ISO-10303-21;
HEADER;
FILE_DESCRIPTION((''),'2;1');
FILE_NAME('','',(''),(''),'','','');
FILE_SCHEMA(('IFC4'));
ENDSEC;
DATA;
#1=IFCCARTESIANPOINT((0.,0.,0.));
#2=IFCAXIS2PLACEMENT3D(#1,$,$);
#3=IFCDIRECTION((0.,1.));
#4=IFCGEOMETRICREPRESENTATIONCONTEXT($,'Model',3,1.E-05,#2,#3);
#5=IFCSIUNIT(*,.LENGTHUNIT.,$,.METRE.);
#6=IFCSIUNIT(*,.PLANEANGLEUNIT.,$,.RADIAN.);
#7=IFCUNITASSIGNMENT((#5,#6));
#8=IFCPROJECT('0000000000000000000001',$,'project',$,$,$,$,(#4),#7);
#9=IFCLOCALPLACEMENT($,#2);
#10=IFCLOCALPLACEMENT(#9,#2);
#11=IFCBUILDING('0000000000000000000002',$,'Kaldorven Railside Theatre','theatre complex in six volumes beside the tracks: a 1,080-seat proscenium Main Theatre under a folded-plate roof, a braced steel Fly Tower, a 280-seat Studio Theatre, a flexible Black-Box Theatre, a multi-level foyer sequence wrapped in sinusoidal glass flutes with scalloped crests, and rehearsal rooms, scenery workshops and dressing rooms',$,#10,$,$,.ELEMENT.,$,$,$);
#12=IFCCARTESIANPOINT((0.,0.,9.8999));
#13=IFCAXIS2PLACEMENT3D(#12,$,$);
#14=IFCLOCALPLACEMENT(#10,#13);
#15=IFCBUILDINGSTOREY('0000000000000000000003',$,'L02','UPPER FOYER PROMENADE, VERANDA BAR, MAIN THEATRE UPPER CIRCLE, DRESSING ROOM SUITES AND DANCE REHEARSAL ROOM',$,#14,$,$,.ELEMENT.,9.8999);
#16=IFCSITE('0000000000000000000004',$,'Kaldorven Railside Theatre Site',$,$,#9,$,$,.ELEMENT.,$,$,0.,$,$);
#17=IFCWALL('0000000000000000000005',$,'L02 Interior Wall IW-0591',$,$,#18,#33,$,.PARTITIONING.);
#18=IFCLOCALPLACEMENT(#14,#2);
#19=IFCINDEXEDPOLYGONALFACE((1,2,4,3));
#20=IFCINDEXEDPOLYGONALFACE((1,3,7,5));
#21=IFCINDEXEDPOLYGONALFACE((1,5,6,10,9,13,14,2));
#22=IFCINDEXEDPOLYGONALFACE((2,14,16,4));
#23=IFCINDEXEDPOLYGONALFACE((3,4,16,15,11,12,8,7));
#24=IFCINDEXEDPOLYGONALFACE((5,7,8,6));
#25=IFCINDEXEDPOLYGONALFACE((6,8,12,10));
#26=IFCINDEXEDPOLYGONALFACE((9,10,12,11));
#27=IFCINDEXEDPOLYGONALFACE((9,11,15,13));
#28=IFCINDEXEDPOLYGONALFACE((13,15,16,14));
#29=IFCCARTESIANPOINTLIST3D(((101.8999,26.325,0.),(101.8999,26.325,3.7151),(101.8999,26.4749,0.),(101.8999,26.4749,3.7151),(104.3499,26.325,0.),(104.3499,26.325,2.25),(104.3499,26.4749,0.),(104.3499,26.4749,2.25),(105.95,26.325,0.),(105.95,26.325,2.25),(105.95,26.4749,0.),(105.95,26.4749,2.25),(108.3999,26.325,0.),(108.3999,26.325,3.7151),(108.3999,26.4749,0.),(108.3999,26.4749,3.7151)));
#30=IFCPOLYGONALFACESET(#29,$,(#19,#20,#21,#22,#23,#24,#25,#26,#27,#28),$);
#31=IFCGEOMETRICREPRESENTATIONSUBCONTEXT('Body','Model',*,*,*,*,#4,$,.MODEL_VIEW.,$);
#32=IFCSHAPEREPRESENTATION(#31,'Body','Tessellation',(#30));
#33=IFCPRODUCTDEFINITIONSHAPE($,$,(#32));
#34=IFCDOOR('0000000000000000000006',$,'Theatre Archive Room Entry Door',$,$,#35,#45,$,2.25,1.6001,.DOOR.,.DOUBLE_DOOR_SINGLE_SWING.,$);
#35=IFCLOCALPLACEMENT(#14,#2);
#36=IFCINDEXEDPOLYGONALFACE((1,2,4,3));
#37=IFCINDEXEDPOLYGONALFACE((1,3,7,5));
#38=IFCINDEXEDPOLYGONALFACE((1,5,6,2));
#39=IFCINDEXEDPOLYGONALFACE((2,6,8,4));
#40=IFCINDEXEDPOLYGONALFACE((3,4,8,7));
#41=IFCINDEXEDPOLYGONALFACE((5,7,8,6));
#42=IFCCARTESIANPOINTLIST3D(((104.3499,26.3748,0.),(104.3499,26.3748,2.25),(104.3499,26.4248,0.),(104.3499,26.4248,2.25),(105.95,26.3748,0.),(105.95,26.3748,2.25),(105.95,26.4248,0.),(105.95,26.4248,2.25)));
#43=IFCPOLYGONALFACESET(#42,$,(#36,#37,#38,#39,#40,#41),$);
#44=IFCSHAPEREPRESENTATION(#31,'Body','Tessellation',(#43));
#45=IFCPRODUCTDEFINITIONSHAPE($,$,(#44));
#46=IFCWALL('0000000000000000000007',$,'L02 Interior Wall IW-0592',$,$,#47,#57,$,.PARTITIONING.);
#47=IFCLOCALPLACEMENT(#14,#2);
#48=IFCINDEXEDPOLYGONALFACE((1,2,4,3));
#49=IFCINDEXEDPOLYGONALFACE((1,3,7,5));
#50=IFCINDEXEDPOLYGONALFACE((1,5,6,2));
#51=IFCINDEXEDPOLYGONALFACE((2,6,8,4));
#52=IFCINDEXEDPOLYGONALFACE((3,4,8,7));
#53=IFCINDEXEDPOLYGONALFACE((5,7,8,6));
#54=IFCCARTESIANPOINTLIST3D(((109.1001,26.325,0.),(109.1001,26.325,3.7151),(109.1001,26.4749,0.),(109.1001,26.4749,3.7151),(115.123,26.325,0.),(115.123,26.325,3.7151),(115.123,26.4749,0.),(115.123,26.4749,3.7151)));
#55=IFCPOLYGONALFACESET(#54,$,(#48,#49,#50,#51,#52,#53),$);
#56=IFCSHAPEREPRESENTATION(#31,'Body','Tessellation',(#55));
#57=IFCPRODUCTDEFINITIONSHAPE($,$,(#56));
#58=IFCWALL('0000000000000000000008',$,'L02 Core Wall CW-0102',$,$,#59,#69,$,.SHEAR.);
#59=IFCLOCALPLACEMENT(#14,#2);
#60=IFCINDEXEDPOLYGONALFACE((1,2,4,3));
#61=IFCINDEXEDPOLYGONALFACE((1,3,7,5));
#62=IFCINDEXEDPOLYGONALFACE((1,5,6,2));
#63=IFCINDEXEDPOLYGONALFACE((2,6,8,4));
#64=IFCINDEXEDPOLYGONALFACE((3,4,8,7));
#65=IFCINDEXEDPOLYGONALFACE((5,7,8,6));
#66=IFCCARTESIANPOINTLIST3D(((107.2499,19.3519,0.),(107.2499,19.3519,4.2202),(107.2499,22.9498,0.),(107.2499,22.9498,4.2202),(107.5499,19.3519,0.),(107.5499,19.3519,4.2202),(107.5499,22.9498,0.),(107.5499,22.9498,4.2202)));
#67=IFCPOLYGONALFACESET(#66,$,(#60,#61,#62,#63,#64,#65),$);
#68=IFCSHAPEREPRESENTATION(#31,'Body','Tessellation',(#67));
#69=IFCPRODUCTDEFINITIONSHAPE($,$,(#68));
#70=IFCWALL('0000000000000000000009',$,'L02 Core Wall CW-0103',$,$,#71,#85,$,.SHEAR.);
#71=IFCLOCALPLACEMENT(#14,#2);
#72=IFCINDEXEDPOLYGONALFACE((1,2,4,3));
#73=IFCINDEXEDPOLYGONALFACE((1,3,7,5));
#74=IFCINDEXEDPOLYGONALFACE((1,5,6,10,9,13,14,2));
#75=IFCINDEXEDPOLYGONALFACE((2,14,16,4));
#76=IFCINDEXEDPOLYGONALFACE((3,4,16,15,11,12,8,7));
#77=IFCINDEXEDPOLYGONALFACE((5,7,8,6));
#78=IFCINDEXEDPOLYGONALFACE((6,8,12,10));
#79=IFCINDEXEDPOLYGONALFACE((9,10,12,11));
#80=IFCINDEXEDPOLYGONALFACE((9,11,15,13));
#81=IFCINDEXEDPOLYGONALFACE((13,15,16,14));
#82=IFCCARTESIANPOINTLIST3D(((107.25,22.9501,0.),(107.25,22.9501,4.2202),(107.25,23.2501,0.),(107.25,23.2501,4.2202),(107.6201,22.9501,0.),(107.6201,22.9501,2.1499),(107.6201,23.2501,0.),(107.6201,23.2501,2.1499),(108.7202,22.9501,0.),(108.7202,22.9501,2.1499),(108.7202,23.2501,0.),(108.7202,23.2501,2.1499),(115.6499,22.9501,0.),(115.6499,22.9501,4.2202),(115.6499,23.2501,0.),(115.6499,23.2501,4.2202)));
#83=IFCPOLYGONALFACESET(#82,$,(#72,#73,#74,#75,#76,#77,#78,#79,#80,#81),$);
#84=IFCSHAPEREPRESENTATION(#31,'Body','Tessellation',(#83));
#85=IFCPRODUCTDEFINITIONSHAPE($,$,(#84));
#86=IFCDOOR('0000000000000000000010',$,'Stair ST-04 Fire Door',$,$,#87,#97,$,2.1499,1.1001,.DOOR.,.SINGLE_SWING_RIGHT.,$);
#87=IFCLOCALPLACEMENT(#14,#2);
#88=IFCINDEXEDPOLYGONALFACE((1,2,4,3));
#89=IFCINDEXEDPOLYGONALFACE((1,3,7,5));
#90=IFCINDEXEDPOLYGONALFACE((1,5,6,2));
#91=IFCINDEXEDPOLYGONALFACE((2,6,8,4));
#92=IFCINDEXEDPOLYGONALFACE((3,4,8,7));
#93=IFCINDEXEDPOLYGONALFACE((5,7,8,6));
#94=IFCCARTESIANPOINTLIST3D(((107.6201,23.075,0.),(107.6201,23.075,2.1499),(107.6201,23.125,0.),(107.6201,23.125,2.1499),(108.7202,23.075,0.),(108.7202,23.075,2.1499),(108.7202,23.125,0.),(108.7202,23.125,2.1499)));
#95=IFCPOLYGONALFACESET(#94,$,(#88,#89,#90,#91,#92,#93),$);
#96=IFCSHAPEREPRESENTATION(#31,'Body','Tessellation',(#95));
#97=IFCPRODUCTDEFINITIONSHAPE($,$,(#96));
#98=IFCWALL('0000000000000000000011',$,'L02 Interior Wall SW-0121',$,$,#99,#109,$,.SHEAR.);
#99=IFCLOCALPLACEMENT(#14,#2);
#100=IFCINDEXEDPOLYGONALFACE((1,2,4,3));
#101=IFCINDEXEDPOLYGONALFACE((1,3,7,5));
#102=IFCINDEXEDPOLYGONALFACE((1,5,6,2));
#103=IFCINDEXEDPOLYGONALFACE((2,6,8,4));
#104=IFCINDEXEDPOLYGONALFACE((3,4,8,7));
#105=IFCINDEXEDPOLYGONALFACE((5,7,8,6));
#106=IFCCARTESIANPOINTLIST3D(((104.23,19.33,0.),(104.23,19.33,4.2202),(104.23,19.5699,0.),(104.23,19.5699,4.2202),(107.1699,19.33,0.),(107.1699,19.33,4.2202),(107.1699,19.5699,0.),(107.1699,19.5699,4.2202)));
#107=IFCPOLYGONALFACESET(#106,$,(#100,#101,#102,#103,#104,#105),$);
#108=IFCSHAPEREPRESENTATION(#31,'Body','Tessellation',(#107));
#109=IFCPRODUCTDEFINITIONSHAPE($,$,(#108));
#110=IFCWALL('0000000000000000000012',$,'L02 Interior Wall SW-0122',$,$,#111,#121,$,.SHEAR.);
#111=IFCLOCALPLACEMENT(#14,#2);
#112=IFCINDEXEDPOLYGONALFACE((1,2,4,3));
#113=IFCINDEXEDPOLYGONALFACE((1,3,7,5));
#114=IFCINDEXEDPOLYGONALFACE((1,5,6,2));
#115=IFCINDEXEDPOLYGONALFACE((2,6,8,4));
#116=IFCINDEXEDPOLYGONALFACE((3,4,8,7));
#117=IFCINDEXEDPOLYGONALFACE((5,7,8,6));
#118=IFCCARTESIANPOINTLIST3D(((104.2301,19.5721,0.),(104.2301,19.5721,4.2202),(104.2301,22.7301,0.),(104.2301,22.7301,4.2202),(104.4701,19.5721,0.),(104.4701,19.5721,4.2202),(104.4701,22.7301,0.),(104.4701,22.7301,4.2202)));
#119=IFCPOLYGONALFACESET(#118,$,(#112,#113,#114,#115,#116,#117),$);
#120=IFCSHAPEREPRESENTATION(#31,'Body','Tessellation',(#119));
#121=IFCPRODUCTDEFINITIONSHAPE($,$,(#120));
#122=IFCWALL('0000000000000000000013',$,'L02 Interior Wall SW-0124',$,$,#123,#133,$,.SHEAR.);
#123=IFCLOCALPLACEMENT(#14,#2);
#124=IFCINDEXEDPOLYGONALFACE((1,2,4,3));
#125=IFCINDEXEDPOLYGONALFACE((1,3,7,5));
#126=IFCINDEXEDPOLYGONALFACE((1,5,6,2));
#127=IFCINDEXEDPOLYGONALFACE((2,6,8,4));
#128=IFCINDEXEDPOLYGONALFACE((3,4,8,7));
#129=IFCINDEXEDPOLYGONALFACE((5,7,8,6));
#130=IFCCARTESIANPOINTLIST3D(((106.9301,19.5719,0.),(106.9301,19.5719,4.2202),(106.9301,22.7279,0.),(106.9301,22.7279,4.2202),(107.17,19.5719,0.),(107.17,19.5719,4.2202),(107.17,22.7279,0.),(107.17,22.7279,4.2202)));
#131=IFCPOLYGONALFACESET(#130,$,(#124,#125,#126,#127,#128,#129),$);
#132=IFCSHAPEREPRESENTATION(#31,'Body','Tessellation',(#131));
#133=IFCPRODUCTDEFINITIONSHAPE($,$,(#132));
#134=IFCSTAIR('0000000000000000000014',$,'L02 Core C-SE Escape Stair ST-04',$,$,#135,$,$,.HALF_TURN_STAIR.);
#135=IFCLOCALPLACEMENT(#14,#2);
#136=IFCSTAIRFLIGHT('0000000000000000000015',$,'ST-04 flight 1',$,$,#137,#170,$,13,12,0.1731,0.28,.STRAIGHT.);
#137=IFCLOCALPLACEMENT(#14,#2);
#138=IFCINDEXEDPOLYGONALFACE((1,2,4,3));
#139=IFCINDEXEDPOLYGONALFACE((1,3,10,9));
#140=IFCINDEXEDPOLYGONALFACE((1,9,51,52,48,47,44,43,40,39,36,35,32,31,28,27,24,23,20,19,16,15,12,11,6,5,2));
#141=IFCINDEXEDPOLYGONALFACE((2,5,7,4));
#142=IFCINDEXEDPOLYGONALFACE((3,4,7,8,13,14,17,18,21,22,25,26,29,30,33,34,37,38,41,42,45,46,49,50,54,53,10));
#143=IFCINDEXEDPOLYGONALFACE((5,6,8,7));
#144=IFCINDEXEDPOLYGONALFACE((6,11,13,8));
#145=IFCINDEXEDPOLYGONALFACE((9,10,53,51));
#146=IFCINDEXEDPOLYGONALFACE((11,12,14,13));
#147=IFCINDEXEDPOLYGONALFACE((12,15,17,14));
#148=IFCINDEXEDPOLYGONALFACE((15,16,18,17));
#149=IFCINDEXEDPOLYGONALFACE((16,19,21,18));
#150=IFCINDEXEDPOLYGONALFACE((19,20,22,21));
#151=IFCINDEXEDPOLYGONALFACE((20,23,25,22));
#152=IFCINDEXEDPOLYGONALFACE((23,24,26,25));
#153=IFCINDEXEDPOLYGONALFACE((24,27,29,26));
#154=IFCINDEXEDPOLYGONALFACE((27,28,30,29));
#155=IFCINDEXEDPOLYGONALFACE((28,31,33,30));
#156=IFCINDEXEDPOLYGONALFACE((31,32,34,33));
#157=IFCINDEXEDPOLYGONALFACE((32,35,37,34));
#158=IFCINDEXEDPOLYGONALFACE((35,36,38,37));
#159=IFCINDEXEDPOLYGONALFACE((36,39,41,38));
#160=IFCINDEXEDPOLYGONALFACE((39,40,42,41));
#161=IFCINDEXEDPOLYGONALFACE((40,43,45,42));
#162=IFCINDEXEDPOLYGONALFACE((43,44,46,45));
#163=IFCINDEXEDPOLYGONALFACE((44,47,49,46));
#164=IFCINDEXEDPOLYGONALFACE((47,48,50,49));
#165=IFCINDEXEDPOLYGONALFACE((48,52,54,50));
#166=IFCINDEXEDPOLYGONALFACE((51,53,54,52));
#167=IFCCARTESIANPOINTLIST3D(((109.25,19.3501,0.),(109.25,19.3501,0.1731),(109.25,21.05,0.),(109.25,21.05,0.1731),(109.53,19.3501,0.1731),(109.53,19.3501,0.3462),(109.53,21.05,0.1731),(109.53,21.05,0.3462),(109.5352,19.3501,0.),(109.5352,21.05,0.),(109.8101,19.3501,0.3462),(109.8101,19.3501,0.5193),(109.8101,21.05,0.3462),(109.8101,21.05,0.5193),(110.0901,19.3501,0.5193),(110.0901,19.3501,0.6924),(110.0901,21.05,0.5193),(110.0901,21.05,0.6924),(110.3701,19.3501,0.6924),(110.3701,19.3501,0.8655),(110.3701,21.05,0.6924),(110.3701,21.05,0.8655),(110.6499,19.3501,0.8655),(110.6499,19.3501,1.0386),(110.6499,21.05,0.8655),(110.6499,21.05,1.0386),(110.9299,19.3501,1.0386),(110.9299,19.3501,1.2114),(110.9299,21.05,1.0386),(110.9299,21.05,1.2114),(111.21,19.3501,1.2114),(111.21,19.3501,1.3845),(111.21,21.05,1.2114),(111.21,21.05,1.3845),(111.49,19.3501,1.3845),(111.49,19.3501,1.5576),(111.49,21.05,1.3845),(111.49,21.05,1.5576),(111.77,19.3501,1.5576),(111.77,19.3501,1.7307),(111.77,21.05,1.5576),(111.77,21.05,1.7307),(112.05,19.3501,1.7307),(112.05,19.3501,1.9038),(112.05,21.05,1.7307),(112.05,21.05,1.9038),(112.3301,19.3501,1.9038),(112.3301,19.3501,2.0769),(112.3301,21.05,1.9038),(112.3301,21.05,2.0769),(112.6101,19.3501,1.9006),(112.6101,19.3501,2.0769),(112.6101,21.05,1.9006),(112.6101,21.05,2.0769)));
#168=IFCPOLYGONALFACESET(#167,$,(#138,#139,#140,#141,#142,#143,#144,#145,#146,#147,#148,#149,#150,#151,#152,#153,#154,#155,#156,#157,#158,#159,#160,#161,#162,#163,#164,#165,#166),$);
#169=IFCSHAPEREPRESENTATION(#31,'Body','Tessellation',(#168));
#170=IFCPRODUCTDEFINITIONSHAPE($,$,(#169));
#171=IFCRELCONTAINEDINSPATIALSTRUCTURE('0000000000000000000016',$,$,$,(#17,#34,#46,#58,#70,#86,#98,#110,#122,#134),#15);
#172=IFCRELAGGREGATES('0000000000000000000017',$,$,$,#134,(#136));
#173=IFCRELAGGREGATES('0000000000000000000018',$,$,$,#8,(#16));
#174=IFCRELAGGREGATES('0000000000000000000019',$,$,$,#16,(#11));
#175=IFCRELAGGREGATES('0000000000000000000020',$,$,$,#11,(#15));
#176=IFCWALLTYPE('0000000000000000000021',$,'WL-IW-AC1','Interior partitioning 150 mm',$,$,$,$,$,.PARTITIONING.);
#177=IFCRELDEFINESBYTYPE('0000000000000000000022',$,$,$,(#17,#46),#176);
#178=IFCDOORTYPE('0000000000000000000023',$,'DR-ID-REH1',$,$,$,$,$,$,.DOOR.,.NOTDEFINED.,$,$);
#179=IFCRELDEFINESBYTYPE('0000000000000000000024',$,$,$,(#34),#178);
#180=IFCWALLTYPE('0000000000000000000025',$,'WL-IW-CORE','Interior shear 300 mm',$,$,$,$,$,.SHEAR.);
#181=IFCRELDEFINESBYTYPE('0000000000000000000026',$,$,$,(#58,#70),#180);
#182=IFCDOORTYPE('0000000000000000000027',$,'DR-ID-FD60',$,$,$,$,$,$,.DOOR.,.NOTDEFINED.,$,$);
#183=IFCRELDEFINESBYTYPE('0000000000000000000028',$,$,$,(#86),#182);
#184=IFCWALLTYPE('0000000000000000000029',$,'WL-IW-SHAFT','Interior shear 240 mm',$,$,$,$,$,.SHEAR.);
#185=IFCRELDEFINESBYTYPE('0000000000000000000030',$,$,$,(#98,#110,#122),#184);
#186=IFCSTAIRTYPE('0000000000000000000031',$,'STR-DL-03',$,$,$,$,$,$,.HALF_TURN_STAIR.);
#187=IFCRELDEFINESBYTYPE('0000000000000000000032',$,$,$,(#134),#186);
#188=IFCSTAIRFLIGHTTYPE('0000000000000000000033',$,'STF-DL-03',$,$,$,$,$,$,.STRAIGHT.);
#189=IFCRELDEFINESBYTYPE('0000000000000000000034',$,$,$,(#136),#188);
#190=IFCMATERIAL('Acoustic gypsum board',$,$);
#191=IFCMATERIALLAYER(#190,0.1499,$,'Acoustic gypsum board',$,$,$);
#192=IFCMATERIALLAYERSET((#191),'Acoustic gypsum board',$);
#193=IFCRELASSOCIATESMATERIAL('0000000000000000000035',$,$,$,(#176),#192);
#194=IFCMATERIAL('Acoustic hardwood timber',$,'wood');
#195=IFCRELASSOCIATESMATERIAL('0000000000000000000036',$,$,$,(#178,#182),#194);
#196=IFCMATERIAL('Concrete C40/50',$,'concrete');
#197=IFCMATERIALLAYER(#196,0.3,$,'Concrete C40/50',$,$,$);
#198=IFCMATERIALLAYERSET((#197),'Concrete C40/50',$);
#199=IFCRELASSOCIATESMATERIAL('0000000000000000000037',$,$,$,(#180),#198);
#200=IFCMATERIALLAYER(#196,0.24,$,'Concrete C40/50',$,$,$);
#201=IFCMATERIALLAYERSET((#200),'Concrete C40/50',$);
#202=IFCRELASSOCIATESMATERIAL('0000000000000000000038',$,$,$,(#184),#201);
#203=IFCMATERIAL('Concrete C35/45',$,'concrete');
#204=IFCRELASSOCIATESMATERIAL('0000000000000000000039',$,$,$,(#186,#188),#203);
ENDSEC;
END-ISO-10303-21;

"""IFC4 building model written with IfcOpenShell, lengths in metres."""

from ifc_helpers import new_model, si_unit, direction, frame, frame_2d, origin, place, context, subcontext, project, spatial, polyline, rectangle, outline, extrude, material, layer, layer_set, type_object, element, fill, aggregate, save


model = new_model("IFC4")

# Units and contexts
model_context = context("Model", 3, precision=1e-05, world=origin(), true_north=direction((0.0, 1.0)))
body_context = subcontext(model_context, "Body", "Model", "MODEL_VIEW")
ifc_project = project(units=[si_unit("LENGTHUNIT", "METRE"), si_unit("PLANEANGLEUNIT", "RADIAN")], contexts=[model_context])

# Site, building, storey
site_placement = place(None, origin())
site = spatial("IfcSite", under=ifc_project, at=site_placement, Name="Kaldorven Railside Theatre Site", CompositionType="ELEMENT", RefElevation=0.0)
building_placement = place(site_placement, origin())
building = spatial("IfcBuilding", under=site, at=building_placement, Name="Kaldorven Railside Theatre", Description="theatre complex in six volumes beside the tracks: a 1,080-seat proscenium Main Theatre under a folded-plate roof, a braced steel Fly Tower, a 280-seat Studio Theatre, a flexible Black-Box Theatre, a multi-level foyer sequence wrapped in sinusoidal glass flutes with scalloped crests, and rehearsal rooms, scenery workshops and dressing rooms", CompositionType="ELEMENT")
storey_placement = place(building_placement, frame((0.0, 0.0, 9.8999)))
storey = spatial("IfcBuildingStorey", under=building, at=storey_placement, Name="L02", Description="UPPER FOYER PROMENADE, VERANDA BAR, MAIN THEATRE UPPER CIRCLE, DRESSING ROOM SUITES AND DANCE REHEARSAL ROOM", CompositionType="ELEMENT", Elevation=9.8999)

# Shared definitions
ifc_material_1 = material(Name="Concrete C40/50", Category="concrete")

# Wall, opening, door
ifc_material_2 = material(Name="Acoustic gypsum board")
ifc_layer_1 = layer(ifc_material_2, 0.1499, Name="Acoustic gypsum board")
ifc_layer_set_1 = layer_set([ifc_layer_1], Name="Acoustic gypsum board")
wall_type_1 = type_object("IfcWallType", Name="WL-IW-AC1", Description="Interior partitioning 150 mm", PredefinedType="PARTITIONING", material=ifc_layer_set_1)
wall_1_placement = place(storey_placement, frame((101.8999, 26.3999, 0.0), z_axis=(0.0, 0.0, 1.0), x_axis=(1.0, 0.0, 0.0)))
wall_1 = element("IfcWall", 1, at=wall_1_placement, inside=storey, type_object=wall_type_1, Name="L02 Interior Wall IW-0591", PredefinedType="PARTITIONING", context=body_context, shape_type="SweptSolid", body=[
    extrude(rectangle(XDim=6.5, YDim=0.1499, at=frame_2d((3.25, 0.0))), origin(), (0.0, 0.0, 1.0), 3.7151),
])
opening_1_placement = place(wall_1_placement, frame((2.45, 0.0, 0.0)))
opening_1 = element("IfcOpeningElement", 2, at=opening_1_placement, cuts=wall_1, PredefinedType="OPENING", context=body_context, shape_type="SweptSolid", body=[
    extrude(rectangle(XDim=1.6001, YDim=2.25, at=frame_2d((0.8, 1.125))), frame((0.0, 0.085, 0.0), z_axis=(0.0, -1.0, 0.0), x_axis=(1.0, 0.0, 0.0)), (0.0, 0.0, 1.0), 0.1699),
])
ifc_material_3 = material(Name="Acoustic hardwood timber", Category="wood")
door_type_1 = type_object("IfcDoorType", Name="DR-ID-REH1", OperationType="NOTDEFINED", PredefinedType="DOOR", material=ifc_material_3)
door_1_placement = place(opening_1_placement, origin())
door_1 = element("IfcDoor", 3, at=door_1_placement, inside=storey, type_object=door_type_1, Name="Theatre Archive Room Entry Door", OperationType="DOUBLE_DOOR_SINGLE_SWING", OverallHeight=2.25, OverallWidth=1.6001, PredefinedType="DOOR", context=body_context, shape_type="SweptSolid", body=[
    extrude(rectangle(XDim=1.6001, YDim=2.25, at=frame_2d((0.8, 1.125))), frame((0.0, 0.0249, 0.0), z_axis=(0.0, -1.0, 0.0), x_axis=(1.0, 0.0, 0.0)), (0.0, 0.0, 1.0), 0.05),
])
fill(opening_1, door_1)

# Walls
wall_2_placement = place(storey_placement, frame((109.1001, 26.3999, 0.0), z_axis=(0.0, 0.0, 1.0), x_axis=(1.0, 0.0, 0.0)))
element("IfcWall", 4, at=wall_2_placement, inside=storey, type_object=wall_type_1, Name="L02 Interior Wall IW-0592", PredefinedType="PARTITIONING", context=body_context, shape_type="SweptSolid", body=[
    extrude(rectangle(XDim=6.0229, YDim=0.1499, at=frame_2d((3.0115, 0.0))), origin(), (0.0, 0.0, 1.0), 3.7151),
])
ifc_layer_2 = layer(ifc_material_1, 0.3, Name="Concrete C40/50")
ifc_layer_set_2 = layer_set([ifc_layer_2], Name="Concrete C40/50")
wall_type_2 = type_object("IfcWallType", Name="WL-IW-CORE", Description="Interior shear 300 mm", PredefinedType="SHEAR", material=ifc_layer_set_2)
wall_3_placement = place(storey_placement, frame((107.3999, 19.3521, 0.0), z_axis=(0.0, 0.0, 1.0), x_axis=(0.0, 1.0, 0.0)))
element("IfcWall", 5, at=wall_3_placement, inside=storey, type_object=wall_type_2, Name="L02 Core Wall CW-0102", PredefinedType="SHEAR", context=body_context, shape_type="SweptSolid", body=[
    extrude(rectangle(XDim=3.5979, YDim=0.3, at=frame_2d((1.7988, 0.0))), origin(), (0.0, 0.0, 1.0), 4.2202),
])

# Wall, opening, door
wall_4_placement = place(storey_placement, frame((107.25, 23.1001, 0.0), z_axis=(0.0, 0.0, 1.0), x_axis=(1.0, 0.0, 0.0)))
wall_4 = element("IfcWall", 6, at=wall_4_placement, inside=storey, type_object=wall_type_2, Name="L02 Core Wall CW-0103", PredefinedType="SHEAR", context=body_context, shape_type="SweptSolid", body=[
    extrude(rectangle(XDim=8.3999, YDim=0.3, at=frame_2d((4.2, 0.0))), origin(), (0.0, 0.0, 1.0), 4.2202),
])
opening_2_placement = place(wall_4_placement, frame((0.3701, 0.0, 0.0)))
opening_2 = element("IfcOpeningElement", 7, at=opening_2_placement, cuts=wall_4, PredefinedType="OPENING", context=body_context, shape_type="SweptSolid", body=[
    extrude(rectangle(XDim=1.1001, YDim=2.1499, at=frame_2d((0.55, 1.075))), frame((0.0, 0.1602, 0.0), z_axis=(0.0, -1.0, 0.0), x_axis=(1.0, 0.0, 0.0)), (0.0, 0.0, 1.0), 0.3201),
])
door_type_2 = type_object("IfcDoorType", Name="DR-ID-FD60", OperationType="NOTDEFINED", PredefinedType="DOOR", material=ifc_material_3)
door_2_placement = place(opening_2_placement, origin())
door_2 = element("IfcDoor", 8, at=door_2_placement, inside=storey, type_object=door_type_2, Name="Stair ST-04 Fire Door", OperationType="SINGLE_SWING_RIGHT", OverallHeight=2.1499, OverallWidth=1.1001, PredefinedType="DOOR", context=body_context, shape_type="SweptSolid", body=[
    extrude(rectangle(XDim=1.1001, YDim=2.1499, at=frame_2d((0.55, 1.075))), frame((0.0, 0.0249, 0.0), z_axis=(0.0, -1.0, 0.0), x_axis=(1.0, 0.0, 0.0)), (0.0, 0.0, 1.0), 0.05),
])
fill(opening_2, door_2)

# Walls
ifc_layer_3 = layer(ifc_material_1, 0.24, Name="Concrete C40/50")
ifc_layer_set_3 = layer_set([ifc_layer_3], Name="Concrete C40/50")
wall_type_3 = type_object("IfcWallType", Name="WL-IW-SHAFT", Description="Interior shear 240 mm", PredefinedType="SHEAR", material=ifc_layer_set_3)
wall_5_placement = place(storey_placement, frame((107.1699, 19.45, 0.0), z_axis=(0.0, 0.0, 1.0), x_axis=(-1.0, 0.0, 0.0)))
element("IfcWall", 9, at=wall_5_placement, inside=storey, type_object=wall_type_3, Name="L02 Interior Wall SW-0121", PredefinedType="SHEAR", context=body_context, shape_type="SweptSolid", body=[
    extrude(rectangle(XDim=2.9399, YDim=0.24, at=frame_2d((1.47, 0.0))), origin(), (0.0, 0.0, 1.0), 4.2202),
])
wall_6_placement = place(storey_placement, frame((104.3501, 19.572, 0.0), z_axis=(0.0, 0.0, 1.0), x_axis=(0.0, 1.0, 0.0)))
element("IfcWall", 10, at=wall_6_placement, inside=storey, type_object=wall_type_3, Name="L02 Interior Wall SW-0122", PredefinedType="SHEAR", context=body_context, shape_type="SweptSolid", body=[
    extrude(rectangle(XDim=3.158, YDim=0.24, at=frame_2d((1.5791, 0.0))), origin(), (0.0, 0.0, 1.0), 4.2202),
])

# Wall
wall_7_placement = place(storey_placement, frame((107.05, 22.728, 0.0), z_axis=(0.0, 0.0, 1.0), x_axis=(0.0, -1.0, 0.0)))
element("IfcWall", 11, at=wall_7_placement, inside=storey, type_object=wall_type_3, Name="L02 Interior Wall SW-0124", PredefinedType="SHEAR", context=body_context, shape_type="SweptSolid", body=[
    extrude(rectangle(XDim=3.156, YDim=0.24, at=frame_2d((1.5781, 0.0))), origin(), (0.0, 0.0, 1.0), 4.2202),
])

# Stair, stair flight
ifc_material_4 = material(Name="Concrete C35/45", Category="concrete")
stair_type = type_object("IfcStairType", Name="STR-DL-03", PredefinedType="HALF_TURN_STAIR", material=ifc_material_4)
stair_placement = place(storey_placement, origin())
stair = element("IfcStair", 12, at=stair_placement, inside=storey, type_object=stair_type, Name="L02 Core C-SE Escape Stair ST-04", PredefinedType="HALF_TURN_STAIR")
stair_flight_type = type_object("IfcStairFlightType", Name="STF-DL-03", PredefinedType="STRAIGHT", material=ifc_material_4)
stair_flight_placement = place(storey_placement, frame((109.25, 20.2, 0.0), z_axis=(0.0, 0.0, 1.0), x_axis=(1.0, 0.0, 0.0)))
stair_flight = element("IfcStairFlight", 13, at=stair_flight_placement, type_object=stair_flight_type, Name="ST-04 flight 1", NumberOfRisers=13, NumberOfTreads=12, PredefinedType="STRAIGHT", RiserHeight=0.1731, TreadLength=0.28, context=body_context, shape_type="SweptSolid", body=[
    extrude(outline(polyline([(0.0, 0.0), (0.0, 0.1731), (0.28, 0.1731), (0.28, 0.3462), (0.5601, 0.3462), (0.5601, 0.5193), (0.8401, 0.5193), (0.8401, 0.6924), (1.1201, 0.6924), (1.1201, 0.8655), (1.3999, 0.8655), (1.3999, 1.0386), (1.6799, 1.0386), (1.6799, 1.2114), (1.96, 1.2114), (1.96, 1.3845), (2.24, 1.3845), (2.24, 1.5576), (2.52, 1.5576), (2.52, 1.7307), (2.8, 1.7307), (2.8, 1.9038), (3.0801, 1.9038), (3.0801, 2.0769), (3.3601, 2.0769), (3.3601, 2.25), (3.3601, 1.9006), (0.2852, 0.0), (0.0, 0.0)])), frame((0.0, 0.8501, 0.0), z_axis=(0.0, -1.0, 0.0), x_axis=(1.0, 0.0, 0.0)), (0.0, 0.0, 1.0), 1.7),
])
aggregate(stair, [stair_flight])

save(model, "model.ifc")
